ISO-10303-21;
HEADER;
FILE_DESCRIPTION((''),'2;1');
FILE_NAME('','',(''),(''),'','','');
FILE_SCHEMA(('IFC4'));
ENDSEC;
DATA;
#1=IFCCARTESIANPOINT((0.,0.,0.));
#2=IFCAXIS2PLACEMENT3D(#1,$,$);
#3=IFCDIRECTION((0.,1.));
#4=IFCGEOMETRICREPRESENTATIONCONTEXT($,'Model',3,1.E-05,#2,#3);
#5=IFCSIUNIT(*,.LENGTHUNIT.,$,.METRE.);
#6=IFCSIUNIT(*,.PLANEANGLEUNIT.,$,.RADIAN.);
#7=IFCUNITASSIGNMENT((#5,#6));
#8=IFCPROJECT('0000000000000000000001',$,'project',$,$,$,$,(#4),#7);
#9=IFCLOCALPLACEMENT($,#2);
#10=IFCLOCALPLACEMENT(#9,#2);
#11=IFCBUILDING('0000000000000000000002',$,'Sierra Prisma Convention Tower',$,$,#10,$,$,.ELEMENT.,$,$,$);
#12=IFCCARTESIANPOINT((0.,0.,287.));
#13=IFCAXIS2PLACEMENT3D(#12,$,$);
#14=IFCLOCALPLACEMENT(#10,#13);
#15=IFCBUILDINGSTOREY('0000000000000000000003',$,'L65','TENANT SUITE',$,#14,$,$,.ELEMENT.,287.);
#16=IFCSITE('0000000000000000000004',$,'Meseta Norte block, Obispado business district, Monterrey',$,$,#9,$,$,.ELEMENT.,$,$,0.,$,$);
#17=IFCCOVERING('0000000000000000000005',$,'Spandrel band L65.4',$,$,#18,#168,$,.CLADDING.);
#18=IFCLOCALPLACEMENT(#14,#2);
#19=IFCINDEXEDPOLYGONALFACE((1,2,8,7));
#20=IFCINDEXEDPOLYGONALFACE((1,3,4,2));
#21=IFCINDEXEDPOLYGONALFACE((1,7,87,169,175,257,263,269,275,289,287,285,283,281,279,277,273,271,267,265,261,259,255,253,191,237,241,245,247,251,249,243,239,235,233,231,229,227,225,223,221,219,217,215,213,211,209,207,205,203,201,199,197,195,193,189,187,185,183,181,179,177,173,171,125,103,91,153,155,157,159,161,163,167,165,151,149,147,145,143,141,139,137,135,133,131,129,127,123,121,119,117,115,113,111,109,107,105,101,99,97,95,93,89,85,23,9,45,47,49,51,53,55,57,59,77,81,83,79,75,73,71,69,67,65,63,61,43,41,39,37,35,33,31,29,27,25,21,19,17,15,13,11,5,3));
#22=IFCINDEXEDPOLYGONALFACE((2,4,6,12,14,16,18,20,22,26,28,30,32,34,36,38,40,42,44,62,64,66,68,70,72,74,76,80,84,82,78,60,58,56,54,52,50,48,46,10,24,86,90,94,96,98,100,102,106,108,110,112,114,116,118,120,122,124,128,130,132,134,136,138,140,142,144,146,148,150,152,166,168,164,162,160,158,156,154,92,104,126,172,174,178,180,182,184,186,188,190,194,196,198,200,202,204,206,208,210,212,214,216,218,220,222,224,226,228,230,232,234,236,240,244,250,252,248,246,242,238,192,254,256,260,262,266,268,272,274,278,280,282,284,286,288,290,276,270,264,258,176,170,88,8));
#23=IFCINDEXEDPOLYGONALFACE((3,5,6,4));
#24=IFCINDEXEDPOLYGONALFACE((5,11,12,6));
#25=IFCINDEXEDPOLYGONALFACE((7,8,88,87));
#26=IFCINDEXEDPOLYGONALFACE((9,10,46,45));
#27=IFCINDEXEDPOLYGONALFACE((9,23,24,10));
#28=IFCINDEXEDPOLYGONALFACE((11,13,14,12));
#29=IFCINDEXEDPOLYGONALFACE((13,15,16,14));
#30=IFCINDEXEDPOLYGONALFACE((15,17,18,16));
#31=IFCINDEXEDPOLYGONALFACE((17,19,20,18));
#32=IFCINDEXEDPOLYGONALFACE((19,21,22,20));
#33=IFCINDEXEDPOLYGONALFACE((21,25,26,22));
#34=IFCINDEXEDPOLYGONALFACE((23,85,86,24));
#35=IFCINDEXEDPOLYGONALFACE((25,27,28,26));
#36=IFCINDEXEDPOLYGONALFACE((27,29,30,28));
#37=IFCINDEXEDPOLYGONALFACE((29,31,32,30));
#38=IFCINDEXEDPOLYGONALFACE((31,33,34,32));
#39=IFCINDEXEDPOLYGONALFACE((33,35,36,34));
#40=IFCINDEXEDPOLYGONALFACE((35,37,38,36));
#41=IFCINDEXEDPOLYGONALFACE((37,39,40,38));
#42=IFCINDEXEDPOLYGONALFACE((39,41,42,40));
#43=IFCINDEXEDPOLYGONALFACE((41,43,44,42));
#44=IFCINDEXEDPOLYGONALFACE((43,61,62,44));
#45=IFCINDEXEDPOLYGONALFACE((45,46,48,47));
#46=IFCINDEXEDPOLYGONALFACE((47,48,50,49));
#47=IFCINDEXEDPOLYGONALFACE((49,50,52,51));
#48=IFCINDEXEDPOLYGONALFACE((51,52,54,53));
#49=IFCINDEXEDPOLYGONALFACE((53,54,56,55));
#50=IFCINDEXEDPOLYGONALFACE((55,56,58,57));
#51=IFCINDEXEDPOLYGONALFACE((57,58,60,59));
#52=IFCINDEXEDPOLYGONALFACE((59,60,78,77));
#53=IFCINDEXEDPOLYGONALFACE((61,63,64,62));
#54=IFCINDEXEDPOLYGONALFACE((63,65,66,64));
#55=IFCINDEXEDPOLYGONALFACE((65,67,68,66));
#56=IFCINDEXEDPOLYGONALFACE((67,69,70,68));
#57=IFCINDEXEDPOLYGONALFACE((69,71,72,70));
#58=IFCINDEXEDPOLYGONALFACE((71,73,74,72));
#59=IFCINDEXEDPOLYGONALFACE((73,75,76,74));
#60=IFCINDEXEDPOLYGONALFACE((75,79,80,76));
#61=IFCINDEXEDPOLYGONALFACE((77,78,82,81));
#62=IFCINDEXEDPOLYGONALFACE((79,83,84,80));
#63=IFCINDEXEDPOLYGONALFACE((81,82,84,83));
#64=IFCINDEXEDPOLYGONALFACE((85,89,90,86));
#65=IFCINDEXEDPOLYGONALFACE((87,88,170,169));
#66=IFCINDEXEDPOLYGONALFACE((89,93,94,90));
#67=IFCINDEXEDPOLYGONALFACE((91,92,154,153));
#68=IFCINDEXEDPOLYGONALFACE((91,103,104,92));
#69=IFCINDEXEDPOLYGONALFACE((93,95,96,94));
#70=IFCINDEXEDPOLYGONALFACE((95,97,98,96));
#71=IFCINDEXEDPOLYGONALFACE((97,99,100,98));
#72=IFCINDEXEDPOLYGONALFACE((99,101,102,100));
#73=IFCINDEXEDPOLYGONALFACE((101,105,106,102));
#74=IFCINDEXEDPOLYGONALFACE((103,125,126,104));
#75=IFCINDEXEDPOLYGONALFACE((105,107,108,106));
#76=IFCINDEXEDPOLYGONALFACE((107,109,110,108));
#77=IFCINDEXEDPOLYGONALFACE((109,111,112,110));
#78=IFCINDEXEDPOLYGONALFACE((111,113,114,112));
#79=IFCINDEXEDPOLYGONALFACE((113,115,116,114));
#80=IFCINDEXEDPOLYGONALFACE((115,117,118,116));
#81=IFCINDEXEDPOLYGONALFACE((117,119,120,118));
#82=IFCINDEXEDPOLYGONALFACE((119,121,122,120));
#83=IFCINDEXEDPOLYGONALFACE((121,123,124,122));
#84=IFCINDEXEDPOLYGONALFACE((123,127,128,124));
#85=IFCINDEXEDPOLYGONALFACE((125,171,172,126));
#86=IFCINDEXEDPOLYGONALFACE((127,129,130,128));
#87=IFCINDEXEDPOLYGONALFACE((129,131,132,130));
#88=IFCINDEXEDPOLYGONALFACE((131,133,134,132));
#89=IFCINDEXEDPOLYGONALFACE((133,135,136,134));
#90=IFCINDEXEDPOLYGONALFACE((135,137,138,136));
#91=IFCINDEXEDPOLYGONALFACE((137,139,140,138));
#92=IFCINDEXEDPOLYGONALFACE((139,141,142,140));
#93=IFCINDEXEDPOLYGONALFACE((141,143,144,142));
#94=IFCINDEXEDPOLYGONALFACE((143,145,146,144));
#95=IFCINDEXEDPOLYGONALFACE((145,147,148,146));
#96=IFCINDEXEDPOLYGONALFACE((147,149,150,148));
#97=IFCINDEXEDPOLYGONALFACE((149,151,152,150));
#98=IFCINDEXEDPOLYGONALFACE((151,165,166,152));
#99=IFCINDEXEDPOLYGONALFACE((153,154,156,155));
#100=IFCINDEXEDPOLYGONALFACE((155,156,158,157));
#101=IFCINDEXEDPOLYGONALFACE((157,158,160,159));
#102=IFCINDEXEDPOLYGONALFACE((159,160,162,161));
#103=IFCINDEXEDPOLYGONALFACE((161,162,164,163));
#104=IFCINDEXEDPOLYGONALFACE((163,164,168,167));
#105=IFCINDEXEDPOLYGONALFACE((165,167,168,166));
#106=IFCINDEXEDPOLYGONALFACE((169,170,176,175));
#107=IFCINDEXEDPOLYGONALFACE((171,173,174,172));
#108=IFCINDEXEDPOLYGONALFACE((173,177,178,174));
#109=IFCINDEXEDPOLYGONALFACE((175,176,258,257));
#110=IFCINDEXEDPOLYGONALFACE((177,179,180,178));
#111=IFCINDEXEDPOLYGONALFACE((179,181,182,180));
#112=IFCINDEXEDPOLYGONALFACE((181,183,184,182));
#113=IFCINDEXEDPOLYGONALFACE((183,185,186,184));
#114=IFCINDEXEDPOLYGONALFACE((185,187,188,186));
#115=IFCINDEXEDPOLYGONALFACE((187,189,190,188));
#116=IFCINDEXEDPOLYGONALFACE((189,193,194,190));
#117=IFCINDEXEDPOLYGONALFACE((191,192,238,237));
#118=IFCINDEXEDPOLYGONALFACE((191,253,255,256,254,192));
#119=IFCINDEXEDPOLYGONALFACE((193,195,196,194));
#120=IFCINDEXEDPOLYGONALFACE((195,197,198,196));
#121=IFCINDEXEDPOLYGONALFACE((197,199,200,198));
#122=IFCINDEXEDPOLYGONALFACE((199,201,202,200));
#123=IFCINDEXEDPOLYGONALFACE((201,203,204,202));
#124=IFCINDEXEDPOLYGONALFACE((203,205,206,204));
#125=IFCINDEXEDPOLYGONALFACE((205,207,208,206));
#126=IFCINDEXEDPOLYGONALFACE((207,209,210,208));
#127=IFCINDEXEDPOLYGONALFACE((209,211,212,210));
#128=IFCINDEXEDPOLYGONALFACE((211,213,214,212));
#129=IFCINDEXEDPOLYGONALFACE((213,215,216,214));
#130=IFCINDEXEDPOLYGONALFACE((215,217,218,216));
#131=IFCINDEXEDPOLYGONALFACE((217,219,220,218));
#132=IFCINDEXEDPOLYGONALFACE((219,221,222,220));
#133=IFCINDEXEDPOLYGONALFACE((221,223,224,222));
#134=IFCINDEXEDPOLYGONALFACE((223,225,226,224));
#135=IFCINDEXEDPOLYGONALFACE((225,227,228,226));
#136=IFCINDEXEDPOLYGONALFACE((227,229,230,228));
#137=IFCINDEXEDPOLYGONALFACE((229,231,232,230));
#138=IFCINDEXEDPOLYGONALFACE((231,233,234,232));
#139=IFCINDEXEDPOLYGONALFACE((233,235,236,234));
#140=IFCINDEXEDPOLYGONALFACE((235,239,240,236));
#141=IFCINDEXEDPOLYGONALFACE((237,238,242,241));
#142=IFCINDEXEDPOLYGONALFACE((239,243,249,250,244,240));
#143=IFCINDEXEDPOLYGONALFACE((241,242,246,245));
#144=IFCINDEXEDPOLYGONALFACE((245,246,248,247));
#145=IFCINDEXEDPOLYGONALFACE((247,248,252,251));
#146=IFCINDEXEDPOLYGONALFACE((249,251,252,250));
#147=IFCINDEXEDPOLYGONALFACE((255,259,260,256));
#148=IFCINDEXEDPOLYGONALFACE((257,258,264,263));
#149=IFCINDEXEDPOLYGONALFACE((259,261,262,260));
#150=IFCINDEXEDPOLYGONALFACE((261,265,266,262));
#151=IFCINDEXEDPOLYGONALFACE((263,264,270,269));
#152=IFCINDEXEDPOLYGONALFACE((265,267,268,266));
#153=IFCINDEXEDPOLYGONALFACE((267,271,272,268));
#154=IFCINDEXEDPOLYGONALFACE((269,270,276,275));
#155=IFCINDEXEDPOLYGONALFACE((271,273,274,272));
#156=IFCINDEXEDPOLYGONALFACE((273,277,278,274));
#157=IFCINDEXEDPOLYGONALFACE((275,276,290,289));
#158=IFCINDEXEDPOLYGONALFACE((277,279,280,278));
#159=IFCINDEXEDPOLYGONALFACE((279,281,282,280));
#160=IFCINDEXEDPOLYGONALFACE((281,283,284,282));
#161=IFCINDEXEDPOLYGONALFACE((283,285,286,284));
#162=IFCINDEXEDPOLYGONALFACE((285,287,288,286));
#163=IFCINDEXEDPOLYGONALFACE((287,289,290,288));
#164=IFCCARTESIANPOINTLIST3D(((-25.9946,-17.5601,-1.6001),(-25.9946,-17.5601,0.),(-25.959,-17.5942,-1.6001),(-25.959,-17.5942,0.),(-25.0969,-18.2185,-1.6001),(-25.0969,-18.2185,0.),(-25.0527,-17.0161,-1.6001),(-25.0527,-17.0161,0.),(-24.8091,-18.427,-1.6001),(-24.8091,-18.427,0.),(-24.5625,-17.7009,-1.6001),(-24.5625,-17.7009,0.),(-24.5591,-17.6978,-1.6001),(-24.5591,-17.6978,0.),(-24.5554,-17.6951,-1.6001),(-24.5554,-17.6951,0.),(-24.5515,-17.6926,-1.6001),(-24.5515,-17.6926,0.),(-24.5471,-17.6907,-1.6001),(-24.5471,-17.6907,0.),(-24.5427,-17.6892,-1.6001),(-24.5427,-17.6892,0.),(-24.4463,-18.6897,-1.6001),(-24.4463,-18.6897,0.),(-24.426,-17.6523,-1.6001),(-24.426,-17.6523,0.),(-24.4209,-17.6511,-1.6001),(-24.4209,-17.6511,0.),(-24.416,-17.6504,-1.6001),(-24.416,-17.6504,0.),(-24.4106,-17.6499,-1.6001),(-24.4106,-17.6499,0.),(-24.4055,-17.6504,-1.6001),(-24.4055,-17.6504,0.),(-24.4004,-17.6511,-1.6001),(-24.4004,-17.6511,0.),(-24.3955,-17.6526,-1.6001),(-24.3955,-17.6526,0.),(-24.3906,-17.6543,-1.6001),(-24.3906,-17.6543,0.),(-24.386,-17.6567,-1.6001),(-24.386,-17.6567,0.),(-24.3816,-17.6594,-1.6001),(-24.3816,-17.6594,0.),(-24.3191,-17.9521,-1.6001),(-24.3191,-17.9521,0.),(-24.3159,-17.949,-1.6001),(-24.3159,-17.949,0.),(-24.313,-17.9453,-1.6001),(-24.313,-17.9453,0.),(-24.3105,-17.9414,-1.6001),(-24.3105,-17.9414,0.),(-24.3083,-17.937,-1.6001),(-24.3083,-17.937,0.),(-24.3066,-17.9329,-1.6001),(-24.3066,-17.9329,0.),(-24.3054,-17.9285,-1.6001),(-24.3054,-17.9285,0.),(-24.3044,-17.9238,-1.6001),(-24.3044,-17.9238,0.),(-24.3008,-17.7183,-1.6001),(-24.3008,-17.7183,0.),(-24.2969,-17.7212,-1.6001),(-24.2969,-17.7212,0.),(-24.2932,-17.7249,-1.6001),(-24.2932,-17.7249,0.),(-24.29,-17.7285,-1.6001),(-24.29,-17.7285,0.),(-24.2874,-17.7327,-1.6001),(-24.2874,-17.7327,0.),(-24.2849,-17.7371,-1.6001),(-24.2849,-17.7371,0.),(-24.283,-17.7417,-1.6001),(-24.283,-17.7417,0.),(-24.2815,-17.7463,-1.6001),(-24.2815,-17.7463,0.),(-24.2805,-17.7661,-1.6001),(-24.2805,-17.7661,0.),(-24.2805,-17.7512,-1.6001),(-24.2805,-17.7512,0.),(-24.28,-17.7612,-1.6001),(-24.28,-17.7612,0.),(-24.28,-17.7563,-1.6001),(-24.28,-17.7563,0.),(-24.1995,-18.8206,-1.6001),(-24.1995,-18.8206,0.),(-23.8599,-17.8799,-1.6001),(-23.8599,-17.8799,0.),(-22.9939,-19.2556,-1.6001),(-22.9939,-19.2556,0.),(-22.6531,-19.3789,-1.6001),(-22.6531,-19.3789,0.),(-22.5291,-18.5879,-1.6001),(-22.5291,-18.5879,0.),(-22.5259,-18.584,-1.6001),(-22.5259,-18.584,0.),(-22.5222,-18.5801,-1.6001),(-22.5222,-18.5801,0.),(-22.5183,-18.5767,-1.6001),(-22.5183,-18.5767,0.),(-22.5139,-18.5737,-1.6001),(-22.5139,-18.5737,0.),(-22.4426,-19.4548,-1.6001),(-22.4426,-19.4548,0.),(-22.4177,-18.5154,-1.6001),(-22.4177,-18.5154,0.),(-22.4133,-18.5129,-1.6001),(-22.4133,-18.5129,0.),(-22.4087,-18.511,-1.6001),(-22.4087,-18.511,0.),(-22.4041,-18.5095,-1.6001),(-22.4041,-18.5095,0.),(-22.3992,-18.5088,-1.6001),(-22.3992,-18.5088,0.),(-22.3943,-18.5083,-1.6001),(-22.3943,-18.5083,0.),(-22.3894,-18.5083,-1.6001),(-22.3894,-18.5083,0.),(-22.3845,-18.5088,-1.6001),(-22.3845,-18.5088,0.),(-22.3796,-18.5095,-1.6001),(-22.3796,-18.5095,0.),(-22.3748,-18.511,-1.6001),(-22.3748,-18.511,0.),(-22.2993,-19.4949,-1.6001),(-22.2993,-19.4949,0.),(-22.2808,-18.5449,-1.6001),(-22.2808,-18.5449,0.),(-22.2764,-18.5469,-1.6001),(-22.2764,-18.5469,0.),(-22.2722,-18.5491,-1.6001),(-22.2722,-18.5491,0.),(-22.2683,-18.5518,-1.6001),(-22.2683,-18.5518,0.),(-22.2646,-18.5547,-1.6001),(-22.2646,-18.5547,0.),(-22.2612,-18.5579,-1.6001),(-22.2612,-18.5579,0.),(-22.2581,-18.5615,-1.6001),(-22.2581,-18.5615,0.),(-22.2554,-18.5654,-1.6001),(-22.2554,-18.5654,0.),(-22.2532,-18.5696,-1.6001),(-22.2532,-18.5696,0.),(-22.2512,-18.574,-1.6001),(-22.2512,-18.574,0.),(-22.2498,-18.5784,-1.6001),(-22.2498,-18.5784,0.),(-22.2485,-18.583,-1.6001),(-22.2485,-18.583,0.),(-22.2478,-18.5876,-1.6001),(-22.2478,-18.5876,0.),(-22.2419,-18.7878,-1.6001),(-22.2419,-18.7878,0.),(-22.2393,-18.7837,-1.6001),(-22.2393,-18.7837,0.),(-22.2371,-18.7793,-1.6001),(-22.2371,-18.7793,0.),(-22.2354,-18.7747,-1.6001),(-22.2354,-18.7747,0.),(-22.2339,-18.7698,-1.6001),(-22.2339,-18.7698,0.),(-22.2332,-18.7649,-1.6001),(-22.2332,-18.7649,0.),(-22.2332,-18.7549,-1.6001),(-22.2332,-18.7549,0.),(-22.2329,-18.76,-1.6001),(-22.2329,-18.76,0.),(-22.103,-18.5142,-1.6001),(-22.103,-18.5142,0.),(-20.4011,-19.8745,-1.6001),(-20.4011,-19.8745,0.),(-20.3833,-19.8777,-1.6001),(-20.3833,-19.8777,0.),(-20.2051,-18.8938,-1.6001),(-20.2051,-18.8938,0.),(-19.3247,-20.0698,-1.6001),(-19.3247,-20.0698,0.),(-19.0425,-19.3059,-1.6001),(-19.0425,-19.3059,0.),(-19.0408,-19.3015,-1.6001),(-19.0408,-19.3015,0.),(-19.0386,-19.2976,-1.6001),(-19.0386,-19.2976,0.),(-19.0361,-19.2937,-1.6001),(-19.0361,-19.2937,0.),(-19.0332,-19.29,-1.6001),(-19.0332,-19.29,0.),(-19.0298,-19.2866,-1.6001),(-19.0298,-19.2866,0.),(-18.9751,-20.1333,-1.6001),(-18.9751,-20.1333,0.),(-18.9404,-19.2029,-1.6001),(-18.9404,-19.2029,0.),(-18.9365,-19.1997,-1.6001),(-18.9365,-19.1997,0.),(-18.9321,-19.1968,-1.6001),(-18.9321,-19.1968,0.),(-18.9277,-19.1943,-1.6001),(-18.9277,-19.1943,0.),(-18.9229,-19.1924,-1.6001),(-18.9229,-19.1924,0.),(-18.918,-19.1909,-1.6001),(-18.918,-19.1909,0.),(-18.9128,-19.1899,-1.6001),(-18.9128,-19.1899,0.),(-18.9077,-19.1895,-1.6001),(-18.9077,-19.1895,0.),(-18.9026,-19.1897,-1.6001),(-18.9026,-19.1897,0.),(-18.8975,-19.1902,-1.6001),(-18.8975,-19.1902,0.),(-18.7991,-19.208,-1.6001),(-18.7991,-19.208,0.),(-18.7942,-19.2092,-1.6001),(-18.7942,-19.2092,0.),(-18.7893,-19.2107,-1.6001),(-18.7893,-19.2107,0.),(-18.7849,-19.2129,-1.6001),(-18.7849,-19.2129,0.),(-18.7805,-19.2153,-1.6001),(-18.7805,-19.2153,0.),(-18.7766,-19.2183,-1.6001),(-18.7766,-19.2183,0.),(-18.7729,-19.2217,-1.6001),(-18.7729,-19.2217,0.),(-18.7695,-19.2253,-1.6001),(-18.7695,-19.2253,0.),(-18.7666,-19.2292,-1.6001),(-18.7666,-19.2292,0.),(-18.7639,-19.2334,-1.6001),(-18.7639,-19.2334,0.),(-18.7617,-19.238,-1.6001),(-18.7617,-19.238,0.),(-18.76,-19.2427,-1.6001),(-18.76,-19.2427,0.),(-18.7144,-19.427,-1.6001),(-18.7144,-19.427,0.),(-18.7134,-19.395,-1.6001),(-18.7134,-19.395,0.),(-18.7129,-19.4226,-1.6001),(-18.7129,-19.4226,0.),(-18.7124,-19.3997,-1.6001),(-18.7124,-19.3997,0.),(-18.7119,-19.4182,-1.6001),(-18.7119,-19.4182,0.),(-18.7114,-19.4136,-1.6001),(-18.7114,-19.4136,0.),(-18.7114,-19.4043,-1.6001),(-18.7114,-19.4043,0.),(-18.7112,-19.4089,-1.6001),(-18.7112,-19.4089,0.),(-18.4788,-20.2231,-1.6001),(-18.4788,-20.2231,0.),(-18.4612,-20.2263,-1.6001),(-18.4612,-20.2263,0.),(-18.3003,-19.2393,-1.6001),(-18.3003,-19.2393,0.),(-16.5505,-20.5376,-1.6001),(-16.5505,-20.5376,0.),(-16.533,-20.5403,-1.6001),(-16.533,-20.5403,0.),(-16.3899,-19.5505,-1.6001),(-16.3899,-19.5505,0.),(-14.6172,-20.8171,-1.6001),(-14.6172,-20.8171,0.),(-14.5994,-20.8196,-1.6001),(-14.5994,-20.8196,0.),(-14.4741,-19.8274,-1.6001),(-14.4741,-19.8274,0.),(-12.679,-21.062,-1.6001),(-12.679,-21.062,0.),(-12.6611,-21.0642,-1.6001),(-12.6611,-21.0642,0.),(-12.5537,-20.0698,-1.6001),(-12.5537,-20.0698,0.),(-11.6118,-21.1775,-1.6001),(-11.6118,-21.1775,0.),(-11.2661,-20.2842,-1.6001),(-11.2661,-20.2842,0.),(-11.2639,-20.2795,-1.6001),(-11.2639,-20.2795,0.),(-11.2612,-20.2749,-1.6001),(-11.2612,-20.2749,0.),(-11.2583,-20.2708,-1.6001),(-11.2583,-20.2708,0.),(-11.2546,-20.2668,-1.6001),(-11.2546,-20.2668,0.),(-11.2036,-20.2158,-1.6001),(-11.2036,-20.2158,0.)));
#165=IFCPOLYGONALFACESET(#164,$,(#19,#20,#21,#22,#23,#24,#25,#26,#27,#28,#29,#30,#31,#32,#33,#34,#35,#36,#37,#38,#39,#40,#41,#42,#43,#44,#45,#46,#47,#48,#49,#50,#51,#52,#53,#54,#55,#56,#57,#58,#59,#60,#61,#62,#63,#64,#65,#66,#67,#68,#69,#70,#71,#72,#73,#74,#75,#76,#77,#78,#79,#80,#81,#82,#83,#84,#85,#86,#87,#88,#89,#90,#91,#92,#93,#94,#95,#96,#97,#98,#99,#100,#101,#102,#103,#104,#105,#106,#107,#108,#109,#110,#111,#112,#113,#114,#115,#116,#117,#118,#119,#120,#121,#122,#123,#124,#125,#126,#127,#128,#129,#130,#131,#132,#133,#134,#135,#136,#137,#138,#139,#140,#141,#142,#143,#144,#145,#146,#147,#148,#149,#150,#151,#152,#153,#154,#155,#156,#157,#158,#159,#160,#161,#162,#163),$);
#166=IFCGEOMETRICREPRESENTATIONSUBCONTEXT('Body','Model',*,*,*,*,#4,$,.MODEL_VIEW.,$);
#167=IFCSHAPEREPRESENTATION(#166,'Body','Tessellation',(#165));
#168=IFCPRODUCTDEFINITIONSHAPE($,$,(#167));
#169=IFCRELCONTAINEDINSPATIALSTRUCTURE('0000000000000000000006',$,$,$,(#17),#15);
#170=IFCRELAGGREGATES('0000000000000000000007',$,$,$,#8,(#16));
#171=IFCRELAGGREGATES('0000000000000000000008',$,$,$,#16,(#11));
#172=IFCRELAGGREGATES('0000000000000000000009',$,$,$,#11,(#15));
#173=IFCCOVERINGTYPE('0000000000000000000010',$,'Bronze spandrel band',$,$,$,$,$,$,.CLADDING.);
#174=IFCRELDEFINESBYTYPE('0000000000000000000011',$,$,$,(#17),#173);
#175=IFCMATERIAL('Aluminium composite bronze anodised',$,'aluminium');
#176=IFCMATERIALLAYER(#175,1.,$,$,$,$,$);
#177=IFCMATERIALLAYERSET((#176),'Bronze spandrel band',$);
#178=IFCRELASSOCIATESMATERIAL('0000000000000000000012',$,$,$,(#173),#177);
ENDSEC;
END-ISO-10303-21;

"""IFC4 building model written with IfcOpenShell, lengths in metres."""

from ifc_helpers import new_model, si_unit, direction, frame, origin, place, context, subcontext, project, spatial, polyline, outline, extrude, material, layer, layer_set, type_object, element, save


model = new_model("IFC4")

# Units and contexts
model_context = context("Model", 3, precision=1e-05, world=origin(), true_north=direction((0.0, 1.0)))
body_context = subcontext(model_context, "Body", "Model", "MODEL_VIEW")
ifc_project = project(units=[si_unit("LENGTHUNIT", "METRE"), si_unit("PLANEANGLEUNIT", "RADIAN")], contexts=[model_context])

# Site, building, storey
site_placement = place(None, origin())
site = spatial("IfcSite", under=ifc_project, at=site_placement, Name="Meseta Norte block, Obispado business district, Monterrey", CompositionType="ELEMENT", RefElevation=0.0)
building_placement = place(site_placement, origin())
building = spatial("IfcBuilding", under=site, at=building_placement, Name="Sierra Prisma Convention Tower", CompositionType="ELEMENT")
storey_placement = place(building_placement, frame((0.0, 0.0, 287.0)))
storey = spatial("IfcBuildingStorey", under=building, at=storey_placement, Name="L65", Description="TENANT SUITE", CompositionType="ELEMENT", Elevation=287.0)

# Covering
ifc_material_1 = material(Name="Aluminium composite bronze anodised", Category="aluminium")
ifc_layer_1 = layer(ifc_material_1, 1.0)
ifc_layer_set_1 = layer_set([ifc_layer_1], Name="Bronze spandrel band")
covering_type = type_object("IfcCoveringType", Name="Bronze spandrel band", PredefinedType="CLADDING", material=ifc_layer_set_1)
covering_1_placement = place(storey_placement, frame((0.0, 0.0, -1.6001)))
element("IfcCovering", 1, at=covering_1_placement, inside=storey, type_object=covering_type, Name="Spandrel band L65.4", PredefinedType="CLADDING", context=body_context, shape_type="SweptSolid", body=[
    extrude(outline(polyline([(-22.103, -18.5142), (-20.2051, -18.8938), (-18.3003, -19.2393), (-16.3899, -19.5505), (-14.4741, -19.8274), (-12.5537, -20.0698), (-11.2036, -20.2158), (-11.2546, -20.2668), (-11.2583, -20.2708), (-11.2612, -20.2749), (-11.2639, -20.2795), (-11.2661, -20.2842), (-11.6118, -21.1775), (-12.6611, -21.0642), (-12.679, -21.062), (-14.5994, -20.8196), (-14.6172, -20.8171), (-16.533, -20.5403), (-16.5505, -20.5376), (-18.4612, -20.2263), (-18.4788, -20.2231), (-18.9751, -20.1333), (-18.7144, -19.427), (-18.7129, -19.4226), (-18.7119, -19.4182), (-18.7114, -19.4136), (-18.7112, -19.4089), (-18.7114, -19.4043), (-18.7124, -19.3997), (-18.7134, -19.395), (-18.76, -19.2427), (-18.7617, -19.238), (-18.7639, -19.2334), (-18.7666, -19.2292), (-18.7695, -19.2253), (-18.7729, -19.2217), (-18.7766, -19.2183), (-18.7805, -19.2153), (-18.7849, -19.2129), (-18.7893, -19.2107), (-18.7942, -19.2092), (-18.7991, -19.208), (-18.8975, -19.1902), (-18.9026, -19.1897), (-18.9077, -19.1895), (-18.9128, -19.1899), (-18.918, -19.1909), (-18.9229, -19.1924), (-18.9277, -19.1943), (-18.9321, -19.1968), (-18.9365, -19.1997), (-18.9404, -19.2029), (-19.0298, -19.2866), (-19.0332, -19.29), (-19.0361, -19.2937), (-19.0386, -19.2976), (-19.0408, -19.3015), (-19.0425, -19.3059), (-19.3247, -20.0698), (-20.3833, -19.8777), (-20.4011, -19.8745), (-22.2993, -19.4949), (-22.4426, -19.4548), (-22.6531, -19.3789), (-22.2419, -18.7878), (-22.2393, -18.7837), (-22.2371, -18.7793), (-22.2354, -18.7747), (-22.2339, -18.7698), (-22.2332, -18.7649), (-22.2329, -18.76), (-22.2332, -18.7549), (-22.2478, -18.5876), (-22.2485, -18.583), (-22.2498, -18.5784), (-22.2512, -18.574), (-22.2532, -18.5696), (-22.2554, -18.5654), (-22.2581, -18.5615), (-22.2612, -18.5579), (-22.2646, -18.5547), (-22.2683, -18.5518), (-22.2722, -18.5491), (-22.2764, -18.5469), (-22.2808, -18.5449), (-22.3748, -18.511), (-22.3796, -18.5095), (-22.3845, -18.5088), (-22.3894, -18.5083), (-22.3943, -18.5083), (-22.3992, -18.5088), (-22.4041, -18.5095), (-22.4087, -18.511), (-22.4133, -18.5129), (-22.4177, -18.5154), (-22.5139, -18.5737), (-22.5183, -18.5767), (-22.5222, -18.5801), (-22.5259, -18.584), (-22.5291, -18.5879), (-22.9939, -19.2556), (-24.1995, -18.8206), (-24.4463, -18.6897), (-24.8091, -18.427), (-24.3191, -17.9521), (-24.3159, -17.949), (-24.313, -17.9453), (-24.3105, -17.9414), (-24.3083, -17.937), (-24.3066, -17.9329), (-24.3054, -17.9285), (-24.3044, -17.9238), (-24.2805, -17.7661), (-24.28, -17.7612), (-24.28, -17.7563), (-24.2805, -17.7512), (-24.2815, -17.7463), (-24.283, -17.7417), (-24.2849, -17.7371), (-24.2874, -17.7327), (-24.29, -17.7285), (-24.2932, -17.7249), (-24.2969, -17.7212), (-24.3008, -17.7183), (-24.3816, -17.6594), (-24.386, -17.6567), (-24.3906, -17.6543), (-24.3955, -17.6526), (-24.4004, -17.6511), (-24.4055, -17.6504), (-24.4106, -17.6499), (-24.416, -17.6504), (-24.4209, -17.6511), (-24.426, -17.6523), (-24.5427, -17.6892), (-24.5471, -17.6907), (-24.5515, -17.6926), (-24.5554, -17.6951), (-24.5591, -17.6978), (-24.5625, -17.7009), (-25.0969, -18.2185), (-25.959, -17.5942), (-25.9946, -17.5601), (-25.0527, -17.0161), (-23.8599, -17.8799), (-22.103, -18.5142)])), origin(), (0.0, 0.0, 1.0), 1.6001),
])

save(model, "model.ifc")
